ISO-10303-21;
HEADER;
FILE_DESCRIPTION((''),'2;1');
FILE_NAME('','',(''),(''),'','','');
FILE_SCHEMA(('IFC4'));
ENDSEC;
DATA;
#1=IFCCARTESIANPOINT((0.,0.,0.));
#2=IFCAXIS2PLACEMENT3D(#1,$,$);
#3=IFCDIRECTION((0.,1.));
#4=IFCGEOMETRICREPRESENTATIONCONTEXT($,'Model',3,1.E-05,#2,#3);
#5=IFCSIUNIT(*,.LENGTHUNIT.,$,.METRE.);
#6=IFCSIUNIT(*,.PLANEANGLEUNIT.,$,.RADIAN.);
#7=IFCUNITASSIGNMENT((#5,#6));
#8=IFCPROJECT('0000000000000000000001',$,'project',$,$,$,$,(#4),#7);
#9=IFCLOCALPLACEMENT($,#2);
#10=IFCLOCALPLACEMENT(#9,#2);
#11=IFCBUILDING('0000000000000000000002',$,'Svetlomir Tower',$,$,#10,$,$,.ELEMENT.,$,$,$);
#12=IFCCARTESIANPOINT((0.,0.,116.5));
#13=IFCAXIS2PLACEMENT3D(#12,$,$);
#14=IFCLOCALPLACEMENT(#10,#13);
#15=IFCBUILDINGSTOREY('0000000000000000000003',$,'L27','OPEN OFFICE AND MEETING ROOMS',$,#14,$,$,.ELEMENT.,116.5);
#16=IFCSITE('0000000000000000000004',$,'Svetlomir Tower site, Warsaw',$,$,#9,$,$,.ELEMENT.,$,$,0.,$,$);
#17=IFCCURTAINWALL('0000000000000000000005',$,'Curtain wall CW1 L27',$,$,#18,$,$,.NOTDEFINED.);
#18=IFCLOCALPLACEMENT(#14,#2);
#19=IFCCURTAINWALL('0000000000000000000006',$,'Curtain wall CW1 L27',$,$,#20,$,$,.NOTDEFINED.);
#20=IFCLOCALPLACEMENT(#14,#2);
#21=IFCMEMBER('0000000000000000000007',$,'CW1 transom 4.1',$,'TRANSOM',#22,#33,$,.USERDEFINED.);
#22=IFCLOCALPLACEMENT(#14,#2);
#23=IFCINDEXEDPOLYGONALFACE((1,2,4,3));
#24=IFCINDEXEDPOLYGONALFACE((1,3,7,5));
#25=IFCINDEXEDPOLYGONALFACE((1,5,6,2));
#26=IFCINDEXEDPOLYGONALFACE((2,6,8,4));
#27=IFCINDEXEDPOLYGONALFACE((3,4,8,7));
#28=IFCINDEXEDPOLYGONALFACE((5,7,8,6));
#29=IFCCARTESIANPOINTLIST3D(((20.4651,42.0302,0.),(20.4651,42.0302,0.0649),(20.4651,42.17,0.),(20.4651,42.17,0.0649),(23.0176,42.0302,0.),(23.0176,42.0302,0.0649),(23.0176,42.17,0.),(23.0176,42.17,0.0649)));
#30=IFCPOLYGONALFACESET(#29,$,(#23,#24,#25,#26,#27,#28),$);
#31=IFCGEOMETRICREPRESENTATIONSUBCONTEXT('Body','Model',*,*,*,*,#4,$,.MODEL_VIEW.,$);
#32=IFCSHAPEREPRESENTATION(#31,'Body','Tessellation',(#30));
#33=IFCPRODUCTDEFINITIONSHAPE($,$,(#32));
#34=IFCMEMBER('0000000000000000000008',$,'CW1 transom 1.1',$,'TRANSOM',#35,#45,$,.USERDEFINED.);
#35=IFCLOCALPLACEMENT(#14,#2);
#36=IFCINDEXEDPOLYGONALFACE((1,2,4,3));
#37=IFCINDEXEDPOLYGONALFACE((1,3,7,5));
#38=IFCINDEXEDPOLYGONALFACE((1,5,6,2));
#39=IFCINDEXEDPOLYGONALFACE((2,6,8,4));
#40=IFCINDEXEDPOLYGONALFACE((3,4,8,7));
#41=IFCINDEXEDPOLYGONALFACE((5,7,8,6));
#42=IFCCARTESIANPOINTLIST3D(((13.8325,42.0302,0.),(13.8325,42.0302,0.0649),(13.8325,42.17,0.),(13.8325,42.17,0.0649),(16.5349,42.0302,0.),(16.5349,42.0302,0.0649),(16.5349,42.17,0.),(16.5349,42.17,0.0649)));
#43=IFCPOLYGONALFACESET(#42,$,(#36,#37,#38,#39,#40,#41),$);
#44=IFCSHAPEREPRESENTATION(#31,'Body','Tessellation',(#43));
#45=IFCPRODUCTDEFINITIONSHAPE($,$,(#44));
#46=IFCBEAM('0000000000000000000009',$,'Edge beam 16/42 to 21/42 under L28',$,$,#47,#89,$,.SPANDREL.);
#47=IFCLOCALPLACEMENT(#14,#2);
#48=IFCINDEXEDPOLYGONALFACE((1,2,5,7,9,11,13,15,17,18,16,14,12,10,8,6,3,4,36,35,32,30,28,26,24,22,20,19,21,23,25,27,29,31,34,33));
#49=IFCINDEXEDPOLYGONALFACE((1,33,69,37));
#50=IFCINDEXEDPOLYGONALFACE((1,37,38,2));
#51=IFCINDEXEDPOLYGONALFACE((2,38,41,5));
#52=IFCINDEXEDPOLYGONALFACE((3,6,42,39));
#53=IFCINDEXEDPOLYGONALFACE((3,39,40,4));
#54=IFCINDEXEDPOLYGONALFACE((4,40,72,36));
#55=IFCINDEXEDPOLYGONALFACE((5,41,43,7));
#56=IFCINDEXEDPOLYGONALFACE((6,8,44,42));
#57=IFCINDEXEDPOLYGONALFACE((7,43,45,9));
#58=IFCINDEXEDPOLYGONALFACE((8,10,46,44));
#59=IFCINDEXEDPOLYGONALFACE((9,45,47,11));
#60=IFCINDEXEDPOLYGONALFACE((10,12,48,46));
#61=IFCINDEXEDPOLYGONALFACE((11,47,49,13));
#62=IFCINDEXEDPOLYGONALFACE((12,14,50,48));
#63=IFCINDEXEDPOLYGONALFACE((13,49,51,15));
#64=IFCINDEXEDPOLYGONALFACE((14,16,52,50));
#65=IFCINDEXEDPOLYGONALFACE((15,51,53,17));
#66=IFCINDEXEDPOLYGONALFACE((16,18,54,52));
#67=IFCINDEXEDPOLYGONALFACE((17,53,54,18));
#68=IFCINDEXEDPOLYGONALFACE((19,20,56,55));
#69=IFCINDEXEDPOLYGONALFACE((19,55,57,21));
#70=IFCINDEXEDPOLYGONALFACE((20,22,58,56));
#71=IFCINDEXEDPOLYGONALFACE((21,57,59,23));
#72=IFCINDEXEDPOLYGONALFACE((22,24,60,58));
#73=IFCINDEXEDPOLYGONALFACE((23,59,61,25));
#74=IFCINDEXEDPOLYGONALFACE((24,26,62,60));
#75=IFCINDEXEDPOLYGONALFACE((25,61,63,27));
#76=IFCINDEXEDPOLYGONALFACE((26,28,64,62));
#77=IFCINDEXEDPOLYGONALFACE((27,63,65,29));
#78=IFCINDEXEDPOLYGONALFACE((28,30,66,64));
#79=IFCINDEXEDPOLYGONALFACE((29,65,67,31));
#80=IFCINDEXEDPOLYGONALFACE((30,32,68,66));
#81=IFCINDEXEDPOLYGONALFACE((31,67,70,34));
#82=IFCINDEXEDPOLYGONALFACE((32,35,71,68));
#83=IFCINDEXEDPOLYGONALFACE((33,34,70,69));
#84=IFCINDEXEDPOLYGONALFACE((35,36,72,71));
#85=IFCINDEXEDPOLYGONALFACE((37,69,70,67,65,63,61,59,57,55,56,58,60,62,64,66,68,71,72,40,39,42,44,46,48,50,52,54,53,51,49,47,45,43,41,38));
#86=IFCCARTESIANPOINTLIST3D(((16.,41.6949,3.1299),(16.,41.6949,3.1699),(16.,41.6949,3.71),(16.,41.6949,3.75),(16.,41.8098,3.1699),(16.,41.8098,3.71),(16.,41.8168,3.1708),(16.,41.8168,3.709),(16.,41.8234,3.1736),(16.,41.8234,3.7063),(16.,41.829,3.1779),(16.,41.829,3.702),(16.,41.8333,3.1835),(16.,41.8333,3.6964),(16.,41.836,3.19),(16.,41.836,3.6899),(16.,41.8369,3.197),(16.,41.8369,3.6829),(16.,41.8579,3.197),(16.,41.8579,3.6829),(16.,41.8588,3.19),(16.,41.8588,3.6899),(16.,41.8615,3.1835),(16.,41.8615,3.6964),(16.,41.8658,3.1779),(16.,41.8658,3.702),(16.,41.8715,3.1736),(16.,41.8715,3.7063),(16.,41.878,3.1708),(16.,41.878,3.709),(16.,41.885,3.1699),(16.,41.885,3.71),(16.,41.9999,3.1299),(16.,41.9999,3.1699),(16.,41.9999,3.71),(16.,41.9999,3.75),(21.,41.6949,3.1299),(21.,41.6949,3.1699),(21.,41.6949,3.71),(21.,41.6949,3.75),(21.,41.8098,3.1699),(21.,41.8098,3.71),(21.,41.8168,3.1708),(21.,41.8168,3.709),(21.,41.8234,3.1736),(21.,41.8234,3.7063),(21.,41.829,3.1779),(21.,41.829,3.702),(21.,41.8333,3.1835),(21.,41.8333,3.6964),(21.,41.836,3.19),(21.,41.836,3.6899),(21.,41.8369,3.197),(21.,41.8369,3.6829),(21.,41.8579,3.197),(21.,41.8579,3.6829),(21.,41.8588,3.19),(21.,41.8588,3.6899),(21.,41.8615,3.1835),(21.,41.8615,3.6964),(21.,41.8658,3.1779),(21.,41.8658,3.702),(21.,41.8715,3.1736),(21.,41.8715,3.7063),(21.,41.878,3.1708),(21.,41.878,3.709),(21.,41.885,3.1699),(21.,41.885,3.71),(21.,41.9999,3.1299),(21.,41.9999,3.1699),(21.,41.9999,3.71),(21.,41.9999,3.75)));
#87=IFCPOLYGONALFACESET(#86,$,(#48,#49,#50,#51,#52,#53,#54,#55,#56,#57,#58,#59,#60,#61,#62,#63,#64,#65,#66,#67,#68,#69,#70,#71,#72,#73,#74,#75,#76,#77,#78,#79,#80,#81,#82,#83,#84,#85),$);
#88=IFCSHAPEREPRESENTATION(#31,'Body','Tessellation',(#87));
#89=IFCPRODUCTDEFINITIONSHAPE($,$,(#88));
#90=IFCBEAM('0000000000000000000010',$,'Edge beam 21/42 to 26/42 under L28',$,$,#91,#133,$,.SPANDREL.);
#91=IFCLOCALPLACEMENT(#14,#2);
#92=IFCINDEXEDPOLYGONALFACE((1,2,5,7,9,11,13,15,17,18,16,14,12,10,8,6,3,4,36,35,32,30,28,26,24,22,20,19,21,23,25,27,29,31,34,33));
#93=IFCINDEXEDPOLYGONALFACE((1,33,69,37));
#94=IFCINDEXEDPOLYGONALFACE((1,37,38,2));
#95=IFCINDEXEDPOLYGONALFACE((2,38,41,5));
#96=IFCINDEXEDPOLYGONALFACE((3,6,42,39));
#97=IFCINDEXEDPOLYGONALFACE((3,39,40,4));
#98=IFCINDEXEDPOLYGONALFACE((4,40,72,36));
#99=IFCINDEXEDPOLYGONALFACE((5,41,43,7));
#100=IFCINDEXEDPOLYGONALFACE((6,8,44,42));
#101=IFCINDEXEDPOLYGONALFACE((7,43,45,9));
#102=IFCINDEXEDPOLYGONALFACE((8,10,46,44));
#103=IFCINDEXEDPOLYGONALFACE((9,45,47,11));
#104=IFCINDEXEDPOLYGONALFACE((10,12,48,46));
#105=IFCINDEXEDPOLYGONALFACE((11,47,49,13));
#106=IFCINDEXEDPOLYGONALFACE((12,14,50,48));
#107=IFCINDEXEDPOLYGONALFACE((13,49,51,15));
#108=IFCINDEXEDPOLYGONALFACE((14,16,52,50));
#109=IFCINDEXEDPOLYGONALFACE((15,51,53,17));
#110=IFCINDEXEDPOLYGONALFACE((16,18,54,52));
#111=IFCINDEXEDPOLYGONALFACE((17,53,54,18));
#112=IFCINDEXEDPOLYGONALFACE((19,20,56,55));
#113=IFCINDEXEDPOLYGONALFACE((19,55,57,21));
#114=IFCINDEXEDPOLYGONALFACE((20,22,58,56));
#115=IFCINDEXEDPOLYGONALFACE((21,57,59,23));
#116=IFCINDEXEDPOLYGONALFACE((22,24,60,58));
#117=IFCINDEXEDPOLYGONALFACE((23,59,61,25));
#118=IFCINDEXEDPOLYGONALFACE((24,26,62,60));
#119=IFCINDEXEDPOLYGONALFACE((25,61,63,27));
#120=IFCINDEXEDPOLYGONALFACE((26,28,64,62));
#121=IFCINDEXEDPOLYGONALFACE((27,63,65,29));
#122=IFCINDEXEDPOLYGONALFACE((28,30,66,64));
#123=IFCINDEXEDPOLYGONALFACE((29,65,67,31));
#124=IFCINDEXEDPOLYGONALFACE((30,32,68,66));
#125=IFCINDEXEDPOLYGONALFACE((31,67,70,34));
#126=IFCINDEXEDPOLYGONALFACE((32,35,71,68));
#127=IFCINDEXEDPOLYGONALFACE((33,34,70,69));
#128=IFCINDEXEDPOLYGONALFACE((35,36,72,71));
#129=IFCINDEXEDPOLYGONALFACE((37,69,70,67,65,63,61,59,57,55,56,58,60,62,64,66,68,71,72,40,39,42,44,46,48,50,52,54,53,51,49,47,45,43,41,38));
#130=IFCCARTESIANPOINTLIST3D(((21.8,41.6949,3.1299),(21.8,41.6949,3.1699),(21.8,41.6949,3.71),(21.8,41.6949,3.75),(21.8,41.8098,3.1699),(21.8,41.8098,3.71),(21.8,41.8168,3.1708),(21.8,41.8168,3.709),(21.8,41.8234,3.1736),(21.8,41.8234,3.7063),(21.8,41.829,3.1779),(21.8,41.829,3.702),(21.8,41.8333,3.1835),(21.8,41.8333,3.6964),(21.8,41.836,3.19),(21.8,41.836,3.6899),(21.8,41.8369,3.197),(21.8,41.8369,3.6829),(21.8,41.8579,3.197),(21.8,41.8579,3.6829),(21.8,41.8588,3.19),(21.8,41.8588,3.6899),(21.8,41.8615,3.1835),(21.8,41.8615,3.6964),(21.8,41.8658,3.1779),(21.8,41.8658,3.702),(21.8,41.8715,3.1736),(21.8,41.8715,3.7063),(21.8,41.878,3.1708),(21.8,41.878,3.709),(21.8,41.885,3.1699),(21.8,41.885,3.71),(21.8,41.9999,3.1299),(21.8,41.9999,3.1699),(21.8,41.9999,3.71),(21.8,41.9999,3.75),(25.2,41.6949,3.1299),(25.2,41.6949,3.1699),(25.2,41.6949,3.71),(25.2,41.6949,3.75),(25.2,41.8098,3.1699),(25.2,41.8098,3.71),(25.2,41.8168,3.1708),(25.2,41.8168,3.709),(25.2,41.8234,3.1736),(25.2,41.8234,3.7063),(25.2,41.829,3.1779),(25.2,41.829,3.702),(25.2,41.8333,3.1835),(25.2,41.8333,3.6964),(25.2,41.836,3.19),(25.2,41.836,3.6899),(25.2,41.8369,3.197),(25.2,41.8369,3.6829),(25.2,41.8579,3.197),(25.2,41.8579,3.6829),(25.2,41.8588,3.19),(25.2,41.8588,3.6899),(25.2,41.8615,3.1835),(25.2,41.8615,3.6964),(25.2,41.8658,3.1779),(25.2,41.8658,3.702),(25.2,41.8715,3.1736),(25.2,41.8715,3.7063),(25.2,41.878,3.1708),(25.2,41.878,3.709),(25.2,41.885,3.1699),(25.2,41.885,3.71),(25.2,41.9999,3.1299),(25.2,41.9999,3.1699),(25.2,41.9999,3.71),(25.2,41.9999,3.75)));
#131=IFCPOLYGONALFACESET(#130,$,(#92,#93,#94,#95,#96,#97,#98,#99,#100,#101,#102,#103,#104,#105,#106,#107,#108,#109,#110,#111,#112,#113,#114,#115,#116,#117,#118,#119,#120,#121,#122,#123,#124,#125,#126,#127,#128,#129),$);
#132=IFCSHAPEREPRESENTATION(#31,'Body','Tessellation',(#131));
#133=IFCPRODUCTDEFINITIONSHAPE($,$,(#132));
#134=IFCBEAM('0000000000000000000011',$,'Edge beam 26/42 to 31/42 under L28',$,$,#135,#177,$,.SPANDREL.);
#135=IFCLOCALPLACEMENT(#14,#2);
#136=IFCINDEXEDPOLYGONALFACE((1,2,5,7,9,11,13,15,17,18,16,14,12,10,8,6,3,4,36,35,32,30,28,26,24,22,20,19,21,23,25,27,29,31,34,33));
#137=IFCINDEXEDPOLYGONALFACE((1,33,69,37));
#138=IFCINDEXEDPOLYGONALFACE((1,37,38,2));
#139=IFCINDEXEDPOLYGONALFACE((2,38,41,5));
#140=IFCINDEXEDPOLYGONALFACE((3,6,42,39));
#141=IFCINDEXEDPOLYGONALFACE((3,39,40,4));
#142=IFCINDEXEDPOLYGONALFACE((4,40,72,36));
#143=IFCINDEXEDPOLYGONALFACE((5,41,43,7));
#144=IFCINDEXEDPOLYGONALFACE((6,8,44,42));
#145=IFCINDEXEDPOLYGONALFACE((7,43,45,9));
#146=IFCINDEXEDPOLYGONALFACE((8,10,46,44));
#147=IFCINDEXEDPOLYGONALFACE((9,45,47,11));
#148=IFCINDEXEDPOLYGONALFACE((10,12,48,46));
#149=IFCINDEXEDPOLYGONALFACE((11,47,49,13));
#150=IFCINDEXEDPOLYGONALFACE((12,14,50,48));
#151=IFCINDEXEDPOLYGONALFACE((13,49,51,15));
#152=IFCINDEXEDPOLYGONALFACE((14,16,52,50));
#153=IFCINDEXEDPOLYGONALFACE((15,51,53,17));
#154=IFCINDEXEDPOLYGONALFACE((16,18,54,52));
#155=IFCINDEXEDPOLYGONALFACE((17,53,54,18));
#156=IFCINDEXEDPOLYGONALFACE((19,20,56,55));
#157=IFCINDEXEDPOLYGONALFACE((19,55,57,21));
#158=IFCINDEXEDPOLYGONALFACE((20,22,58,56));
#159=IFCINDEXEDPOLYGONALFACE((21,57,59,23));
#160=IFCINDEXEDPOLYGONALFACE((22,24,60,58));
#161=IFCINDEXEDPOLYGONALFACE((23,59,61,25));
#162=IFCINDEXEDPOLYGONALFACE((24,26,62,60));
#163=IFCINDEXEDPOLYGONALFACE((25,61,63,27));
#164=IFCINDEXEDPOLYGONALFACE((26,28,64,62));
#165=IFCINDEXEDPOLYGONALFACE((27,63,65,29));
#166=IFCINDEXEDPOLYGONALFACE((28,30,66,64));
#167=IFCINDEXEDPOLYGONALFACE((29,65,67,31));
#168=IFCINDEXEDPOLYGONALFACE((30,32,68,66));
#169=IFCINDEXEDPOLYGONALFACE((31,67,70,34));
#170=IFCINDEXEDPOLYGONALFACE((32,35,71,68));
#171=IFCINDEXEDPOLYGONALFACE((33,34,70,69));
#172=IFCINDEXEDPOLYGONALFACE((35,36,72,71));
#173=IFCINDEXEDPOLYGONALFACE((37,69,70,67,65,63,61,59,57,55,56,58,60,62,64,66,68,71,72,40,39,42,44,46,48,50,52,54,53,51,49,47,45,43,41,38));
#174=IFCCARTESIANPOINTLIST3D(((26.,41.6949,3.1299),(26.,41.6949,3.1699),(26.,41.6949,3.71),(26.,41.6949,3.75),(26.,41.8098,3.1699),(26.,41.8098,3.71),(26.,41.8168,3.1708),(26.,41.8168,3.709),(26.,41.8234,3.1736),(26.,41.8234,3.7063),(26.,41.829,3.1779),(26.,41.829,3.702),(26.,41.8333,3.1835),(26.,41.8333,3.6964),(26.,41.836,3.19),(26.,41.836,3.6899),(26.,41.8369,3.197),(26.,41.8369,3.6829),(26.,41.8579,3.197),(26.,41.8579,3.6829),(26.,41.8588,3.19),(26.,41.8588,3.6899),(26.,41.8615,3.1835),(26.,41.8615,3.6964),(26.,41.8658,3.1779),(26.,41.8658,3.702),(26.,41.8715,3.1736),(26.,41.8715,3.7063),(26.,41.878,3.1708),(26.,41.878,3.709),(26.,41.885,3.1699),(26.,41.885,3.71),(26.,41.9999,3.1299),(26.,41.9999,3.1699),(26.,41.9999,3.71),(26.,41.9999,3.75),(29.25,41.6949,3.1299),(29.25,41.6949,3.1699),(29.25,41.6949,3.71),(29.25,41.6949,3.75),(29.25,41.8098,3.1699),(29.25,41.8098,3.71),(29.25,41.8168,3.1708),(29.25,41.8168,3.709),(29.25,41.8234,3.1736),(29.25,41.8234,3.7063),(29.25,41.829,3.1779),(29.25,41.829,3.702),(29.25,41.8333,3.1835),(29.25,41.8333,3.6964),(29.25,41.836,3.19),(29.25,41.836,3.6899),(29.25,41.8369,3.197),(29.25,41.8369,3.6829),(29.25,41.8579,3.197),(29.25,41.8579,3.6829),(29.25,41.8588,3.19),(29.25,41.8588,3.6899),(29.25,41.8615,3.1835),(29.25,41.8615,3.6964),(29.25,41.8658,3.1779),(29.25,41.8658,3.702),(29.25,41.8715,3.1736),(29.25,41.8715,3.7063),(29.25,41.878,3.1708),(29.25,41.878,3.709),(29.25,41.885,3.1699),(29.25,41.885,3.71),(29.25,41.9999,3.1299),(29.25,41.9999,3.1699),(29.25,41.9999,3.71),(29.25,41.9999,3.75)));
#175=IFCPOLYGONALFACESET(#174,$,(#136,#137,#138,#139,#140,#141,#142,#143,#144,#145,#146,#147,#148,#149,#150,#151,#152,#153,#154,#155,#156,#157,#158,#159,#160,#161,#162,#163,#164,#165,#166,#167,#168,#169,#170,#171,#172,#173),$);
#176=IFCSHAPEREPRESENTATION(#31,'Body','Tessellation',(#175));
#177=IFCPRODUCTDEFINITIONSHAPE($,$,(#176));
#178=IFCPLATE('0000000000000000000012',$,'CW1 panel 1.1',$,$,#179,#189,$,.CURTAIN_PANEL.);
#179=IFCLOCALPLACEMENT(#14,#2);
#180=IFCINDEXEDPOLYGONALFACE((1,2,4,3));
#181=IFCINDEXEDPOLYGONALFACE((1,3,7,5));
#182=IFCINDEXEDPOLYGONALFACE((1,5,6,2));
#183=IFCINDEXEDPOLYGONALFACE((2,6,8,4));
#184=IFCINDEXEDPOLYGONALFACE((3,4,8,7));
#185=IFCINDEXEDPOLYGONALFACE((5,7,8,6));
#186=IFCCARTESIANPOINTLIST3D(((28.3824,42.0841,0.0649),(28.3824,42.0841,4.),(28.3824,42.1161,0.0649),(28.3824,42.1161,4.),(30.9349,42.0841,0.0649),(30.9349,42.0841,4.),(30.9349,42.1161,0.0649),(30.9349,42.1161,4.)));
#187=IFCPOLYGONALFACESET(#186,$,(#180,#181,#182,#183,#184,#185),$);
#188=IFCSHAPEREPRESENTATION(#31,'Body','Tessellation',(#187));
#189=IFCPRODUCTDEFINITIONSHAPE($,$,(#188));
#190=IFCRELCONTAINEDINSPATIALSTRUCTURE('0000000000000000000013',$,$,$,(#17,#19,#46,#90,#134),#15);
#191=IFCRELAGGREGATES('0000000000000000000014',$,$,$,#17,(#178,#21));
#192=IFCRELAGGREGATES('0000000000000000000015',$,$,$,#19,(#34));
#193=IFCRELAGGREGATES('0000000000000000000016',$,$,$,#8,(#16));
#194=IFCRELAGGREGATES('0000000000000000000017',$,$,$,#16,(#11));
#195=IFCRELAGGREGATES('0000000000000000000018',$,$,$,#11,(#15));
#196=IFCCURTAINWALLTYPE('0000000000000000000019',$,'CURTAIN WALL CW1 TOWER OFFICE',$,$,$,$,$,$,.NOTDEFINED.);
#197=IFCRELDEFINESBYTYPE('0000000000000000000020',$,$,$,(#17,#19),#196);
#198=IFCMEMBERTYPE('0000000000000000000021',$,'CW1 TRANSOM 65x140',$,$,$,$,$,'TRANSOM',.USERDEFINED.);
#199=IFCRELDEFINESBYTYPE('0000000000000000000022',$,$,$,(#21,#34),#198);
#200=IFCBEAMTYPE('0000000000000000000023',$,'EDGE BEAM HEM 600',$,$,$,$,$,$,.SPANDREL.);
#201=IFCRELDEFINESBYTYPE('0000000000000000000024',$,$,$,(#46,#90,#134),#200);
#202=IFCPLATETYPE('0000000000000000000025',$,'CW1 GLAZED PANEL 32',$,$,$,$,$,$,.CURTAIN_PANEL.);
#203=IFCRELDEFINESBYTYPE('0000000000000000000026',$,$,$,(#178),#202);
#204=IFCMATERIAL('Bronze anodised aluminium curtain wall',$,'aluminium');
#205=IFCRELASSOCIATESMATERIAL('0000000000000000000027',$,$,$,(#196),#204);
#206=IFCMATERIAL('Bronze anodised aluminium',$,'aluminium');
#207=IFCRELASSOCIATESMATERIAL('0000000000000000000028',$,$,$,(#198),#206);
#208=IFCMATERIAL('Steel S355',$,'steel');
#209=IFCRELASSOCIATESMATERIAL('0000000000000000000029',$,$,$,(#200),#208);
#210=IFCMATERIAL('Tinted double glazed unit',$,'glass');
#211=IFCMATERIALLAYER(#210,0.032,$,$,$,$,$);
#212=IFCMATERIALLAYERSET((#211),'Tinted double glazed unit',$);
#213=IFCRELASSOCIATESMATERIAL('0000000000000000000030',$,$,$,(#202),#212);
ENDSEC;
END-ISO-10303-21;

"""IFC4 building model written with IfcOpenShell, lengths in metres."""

from ifc_helpers import new_model, si_unit, direction, frame, origin, origin_2d, place, context, subcontext, project, spatial, rectangle, i_section, extrude, material, layer, layer_set, material_profile, profile_set, type_object, element, aggregate, save


model = new_model("IFC4")

# Units and contexts
model_context = context("Model", 3, precision=1e-05, world=origin(), true_north=direction((0.0, 1.0)))
body_context = subcontext(model_context, "Body", "Model", "MODEL_VIEW")
ifc_project = project(units=[si_unit("LENGTHUNIT", "METRE"), si_unit("PLANEANGLEUNIT", "RADIAN")], contexts=[model_context])

# Site, building, storey
site_placement = place(None, origin())
site = spatial("IfcSite", under=ifc_project, at=site_placement, Name="Svetlomir Tower site, Warsaw", CompositionType="ELEMENT", RefElevation=0.0)
building_placement = place(site_placement, origin())
building = spatial("IfcBuilding", under=site, at=building_placement, Name="Svetlomir Tower", CompositionType="ELEMENT")
storey_placement = place(building_placement, frame((0.0, 0.0, 116.5)))
storey = spatial("IfcBuildingStorey", under=building, at=storey_placement, Name="L27", Description="OPEN OFFICE AND MEETING ROOMS", CompositionType="ELEMENT", Elevation=116.5)

# Curtain wall
ifc_material_1 = material(Name="Bronze anodised aluminium curtain wall", Category="aluminium")
curtain_wall_type = type_object("IfcCurtainWallType", Name="CURTAIN WALL CW1 TOWER OFFICE", PredefinedType="NOTDEFINED", material=ifc_material_1)
curtain_wall_1_placement = place(storey_placement, origin())
curtain_wall_1 = element("IfcCurtainWall", 1, at=curtain_wall_1_placement, inside=storey, type_object=curtain_wall_type, Name="Curtain wall CW1 L27", PredefinedType="NOTDEFINED")

# Curtain wall
curtain_wall_2_placement = place(storey_placement, origin())
curtain_wall_2 = element("IfcCurtainWall", 2, at=curtain_wall_2_placement, inside=storey, type_object=curtain_wall_type, Name="Curtain wall CW1 L27", PredefinedType="NOTDEFINED")

# Members
ifc_material_2 = material(Name="Bronze anodised aluminium", Category="aluminium")
ifc_material_profile_1 = material_profile(ifc_material_2, rectangle(XDim=0.1399, YDim=0.0649, at=origin_2d()), Name="AL 140x65")
ifc_profile_set_1 = profile_set([ifc_material_profile_1], Name="Bronze anodised aluminium 6063-T6")
member_type_1 = type_object("IfcMemberType", Name="CW1 TRANSOM 65x140", ElementType="TRANSOM", PredefinedType="USERDEFINED", material=ifc_profile_set_1)
member_1_placement = place(storey_placement, frame((23.0176, 42.1001, 0.0325), z_axis=(-1.0, 0.0, 0.0), x_axis=(0.0, -1.0, 0.0)))
member_1 = element("IfcMember", 3, at=member_1_placement, type_object=member_type_1, Name="CW1 transom 4.1", ObjectType="TRANSOM", PredefinedType="USERDEFINED", context=body_context, shape_type="SweptSolid", body=[
    extrude(rectangle(XDim=0.1399, YDim=0.0649, at=origin_2d()), origin(), (0.0, 0.0, 1.0), 2.5525),
])
member_2_placement = place(storey_placement, frame((16.5349, 42.1001, 0.0325), z_axis=(-1.0, 0.0, 0.0), x_axis=(0.0, -1.0, 0.0)))
member_2 = element("IfcMember", 4, at=member_2_placement, type_object=member_type_1, Name="CW1 transom 1.1", ObjectType="TRANSOM", PredefinedType="USERDEFINED", context=body_context, shape_type="SweptSolid", body=[
    extrude(rectangle(XDim=0.1399, YDim=0.0649, at=origin_2d()), origin(), (0.0, 0.0, 1.0), 2.7024),
])

# Beams
ifc_material_3 = material(Name="Steel S355", Category="steel")
ifc_material_profile_2 = material_profile(ifc_material_3, i_section(OverallWidth=0.3049, OverallDepth=0.6201, WebThickness=0.021, FlangeThickness=0.04, FilletRadius=0.0271, at=origin_2d()), Name="HEM 600")
ifc_profile_set_2 = profile_set([ifc_material_profile_2], Name="Steel S355")
beam_type_1 = type_object("IfcBeamType", Name="EDGE BEAM HEM 600", PredefinedType="SPANDREL", material=ifc_profile_set_2)
beam_1_placement = place(storey_placement, frame((16.0, 41.8474, 3.4399), z_axis=(1.0, 0.0, 0.0), x_axis=(0.0, 1.0, 0.0)))
element("IfcBeam", 5, at=beam_1_placement, inside=storey, type_object=beam_type_1, Name="Edge beam 16/42 to 21/42 under L28", PredefinedType="SPANDREL", context=body_context, shape_type="SweptSolid", body=[
    extrude(i_section(OverallWidth=0.3049, OverallDepth=0.6201, WebThickness=0.021, FlangeThickness=0.04, FilletRadius=0.0271, at=origin_2d()), origin(), (0.0, 0.0, 1.0), 5.0),
])
beam_2_placement = place(storey_placement, frame((21.8, 41.8474, 3.4399), z_axis=(1.0, 0.0, 0.0), x_axis=(0.0, 1.0, 0.0)))
element("IfcBeam", 6, at=beam_2_placement, inside=storey, type_object=beam_type_1, Name="Edge beam 21/42 to 26/42 under L28", PredefinedType="SPANDREL", context=body_context, shape_type="SweptSolid", body=[
    extrude(i_section(OverallWidth=0.3049, OverallDepth=0.6201, WebThickness=0.021, FlangeThickness=0.04, FilletRadius=0.0271, at=origin_2d()), origin(), (0.0, 0.0, 1.0), 3.3999),
])
beam_3_placement = place(storey_placement, frame((26.0, 41.8474, 3.4399), z_axis=(1.0, 0.0, 0.0), x_axis=(0.0, 1.0, 0.0)))
element("IfcBeam", 7, at=beam_3_placement, inside=storey, type_object=beam_type_1, Name="Edge beam 26/42 to 31/42 under L28", PredefinedType="SPANDREL", context=body_context, shape_type="SweptSolid", body=[
    extrude(i_section(OverallWidth=0.3049, OverallDepth=0.6201, WebThickness=0.021, FlangeThickness=0.04, FilletRadius=0.0271, at=origin_2d()), origin(), (0.0, 0.0, 1.0), 3.25),
])

# Plate
ifc_material_4 = material(Name="Tinted double glazed unit", Category="glass")
ifc_layer_1 = layer(ifc_material_4, 0.032)
ifc_layer_set_1 = layer_set([ifc_layer_1], Name="Tinted double glazed unit")
plate_type = type_object("IfcPlateType", Name="CW1 GLAZED PANEL 32", PredefinedType="CURTAIN_PANEL", material=ifc_layer_set_1)
plate_1_placement = place(storey_placement, frame((29.6587, 42.1001, 0.0649), z_axis=(0.0, 0.0, 1.0), x_axis=(-1.0, 0.0, 0.0)))
plate_1 = element("IfcPlate", 8, at=plate_1_placement, type_object=plate_type, Name="CW1 panel 1.1", PredefinedType="CURTAIN_PANEL", context=body_context, shape_type="SweptSolid", body=[
    extrude(rectangle(XDim=2.5525, YDim=0.032, at=origin_2d()), origin(), (0.0, 0.0, 1.0), 3.9351),
])
aggregate(curtain_wall_1, [plate_1, member_1])
aggregate(curtain_wall_2, [member_2])

save(model, "model.ifc")
